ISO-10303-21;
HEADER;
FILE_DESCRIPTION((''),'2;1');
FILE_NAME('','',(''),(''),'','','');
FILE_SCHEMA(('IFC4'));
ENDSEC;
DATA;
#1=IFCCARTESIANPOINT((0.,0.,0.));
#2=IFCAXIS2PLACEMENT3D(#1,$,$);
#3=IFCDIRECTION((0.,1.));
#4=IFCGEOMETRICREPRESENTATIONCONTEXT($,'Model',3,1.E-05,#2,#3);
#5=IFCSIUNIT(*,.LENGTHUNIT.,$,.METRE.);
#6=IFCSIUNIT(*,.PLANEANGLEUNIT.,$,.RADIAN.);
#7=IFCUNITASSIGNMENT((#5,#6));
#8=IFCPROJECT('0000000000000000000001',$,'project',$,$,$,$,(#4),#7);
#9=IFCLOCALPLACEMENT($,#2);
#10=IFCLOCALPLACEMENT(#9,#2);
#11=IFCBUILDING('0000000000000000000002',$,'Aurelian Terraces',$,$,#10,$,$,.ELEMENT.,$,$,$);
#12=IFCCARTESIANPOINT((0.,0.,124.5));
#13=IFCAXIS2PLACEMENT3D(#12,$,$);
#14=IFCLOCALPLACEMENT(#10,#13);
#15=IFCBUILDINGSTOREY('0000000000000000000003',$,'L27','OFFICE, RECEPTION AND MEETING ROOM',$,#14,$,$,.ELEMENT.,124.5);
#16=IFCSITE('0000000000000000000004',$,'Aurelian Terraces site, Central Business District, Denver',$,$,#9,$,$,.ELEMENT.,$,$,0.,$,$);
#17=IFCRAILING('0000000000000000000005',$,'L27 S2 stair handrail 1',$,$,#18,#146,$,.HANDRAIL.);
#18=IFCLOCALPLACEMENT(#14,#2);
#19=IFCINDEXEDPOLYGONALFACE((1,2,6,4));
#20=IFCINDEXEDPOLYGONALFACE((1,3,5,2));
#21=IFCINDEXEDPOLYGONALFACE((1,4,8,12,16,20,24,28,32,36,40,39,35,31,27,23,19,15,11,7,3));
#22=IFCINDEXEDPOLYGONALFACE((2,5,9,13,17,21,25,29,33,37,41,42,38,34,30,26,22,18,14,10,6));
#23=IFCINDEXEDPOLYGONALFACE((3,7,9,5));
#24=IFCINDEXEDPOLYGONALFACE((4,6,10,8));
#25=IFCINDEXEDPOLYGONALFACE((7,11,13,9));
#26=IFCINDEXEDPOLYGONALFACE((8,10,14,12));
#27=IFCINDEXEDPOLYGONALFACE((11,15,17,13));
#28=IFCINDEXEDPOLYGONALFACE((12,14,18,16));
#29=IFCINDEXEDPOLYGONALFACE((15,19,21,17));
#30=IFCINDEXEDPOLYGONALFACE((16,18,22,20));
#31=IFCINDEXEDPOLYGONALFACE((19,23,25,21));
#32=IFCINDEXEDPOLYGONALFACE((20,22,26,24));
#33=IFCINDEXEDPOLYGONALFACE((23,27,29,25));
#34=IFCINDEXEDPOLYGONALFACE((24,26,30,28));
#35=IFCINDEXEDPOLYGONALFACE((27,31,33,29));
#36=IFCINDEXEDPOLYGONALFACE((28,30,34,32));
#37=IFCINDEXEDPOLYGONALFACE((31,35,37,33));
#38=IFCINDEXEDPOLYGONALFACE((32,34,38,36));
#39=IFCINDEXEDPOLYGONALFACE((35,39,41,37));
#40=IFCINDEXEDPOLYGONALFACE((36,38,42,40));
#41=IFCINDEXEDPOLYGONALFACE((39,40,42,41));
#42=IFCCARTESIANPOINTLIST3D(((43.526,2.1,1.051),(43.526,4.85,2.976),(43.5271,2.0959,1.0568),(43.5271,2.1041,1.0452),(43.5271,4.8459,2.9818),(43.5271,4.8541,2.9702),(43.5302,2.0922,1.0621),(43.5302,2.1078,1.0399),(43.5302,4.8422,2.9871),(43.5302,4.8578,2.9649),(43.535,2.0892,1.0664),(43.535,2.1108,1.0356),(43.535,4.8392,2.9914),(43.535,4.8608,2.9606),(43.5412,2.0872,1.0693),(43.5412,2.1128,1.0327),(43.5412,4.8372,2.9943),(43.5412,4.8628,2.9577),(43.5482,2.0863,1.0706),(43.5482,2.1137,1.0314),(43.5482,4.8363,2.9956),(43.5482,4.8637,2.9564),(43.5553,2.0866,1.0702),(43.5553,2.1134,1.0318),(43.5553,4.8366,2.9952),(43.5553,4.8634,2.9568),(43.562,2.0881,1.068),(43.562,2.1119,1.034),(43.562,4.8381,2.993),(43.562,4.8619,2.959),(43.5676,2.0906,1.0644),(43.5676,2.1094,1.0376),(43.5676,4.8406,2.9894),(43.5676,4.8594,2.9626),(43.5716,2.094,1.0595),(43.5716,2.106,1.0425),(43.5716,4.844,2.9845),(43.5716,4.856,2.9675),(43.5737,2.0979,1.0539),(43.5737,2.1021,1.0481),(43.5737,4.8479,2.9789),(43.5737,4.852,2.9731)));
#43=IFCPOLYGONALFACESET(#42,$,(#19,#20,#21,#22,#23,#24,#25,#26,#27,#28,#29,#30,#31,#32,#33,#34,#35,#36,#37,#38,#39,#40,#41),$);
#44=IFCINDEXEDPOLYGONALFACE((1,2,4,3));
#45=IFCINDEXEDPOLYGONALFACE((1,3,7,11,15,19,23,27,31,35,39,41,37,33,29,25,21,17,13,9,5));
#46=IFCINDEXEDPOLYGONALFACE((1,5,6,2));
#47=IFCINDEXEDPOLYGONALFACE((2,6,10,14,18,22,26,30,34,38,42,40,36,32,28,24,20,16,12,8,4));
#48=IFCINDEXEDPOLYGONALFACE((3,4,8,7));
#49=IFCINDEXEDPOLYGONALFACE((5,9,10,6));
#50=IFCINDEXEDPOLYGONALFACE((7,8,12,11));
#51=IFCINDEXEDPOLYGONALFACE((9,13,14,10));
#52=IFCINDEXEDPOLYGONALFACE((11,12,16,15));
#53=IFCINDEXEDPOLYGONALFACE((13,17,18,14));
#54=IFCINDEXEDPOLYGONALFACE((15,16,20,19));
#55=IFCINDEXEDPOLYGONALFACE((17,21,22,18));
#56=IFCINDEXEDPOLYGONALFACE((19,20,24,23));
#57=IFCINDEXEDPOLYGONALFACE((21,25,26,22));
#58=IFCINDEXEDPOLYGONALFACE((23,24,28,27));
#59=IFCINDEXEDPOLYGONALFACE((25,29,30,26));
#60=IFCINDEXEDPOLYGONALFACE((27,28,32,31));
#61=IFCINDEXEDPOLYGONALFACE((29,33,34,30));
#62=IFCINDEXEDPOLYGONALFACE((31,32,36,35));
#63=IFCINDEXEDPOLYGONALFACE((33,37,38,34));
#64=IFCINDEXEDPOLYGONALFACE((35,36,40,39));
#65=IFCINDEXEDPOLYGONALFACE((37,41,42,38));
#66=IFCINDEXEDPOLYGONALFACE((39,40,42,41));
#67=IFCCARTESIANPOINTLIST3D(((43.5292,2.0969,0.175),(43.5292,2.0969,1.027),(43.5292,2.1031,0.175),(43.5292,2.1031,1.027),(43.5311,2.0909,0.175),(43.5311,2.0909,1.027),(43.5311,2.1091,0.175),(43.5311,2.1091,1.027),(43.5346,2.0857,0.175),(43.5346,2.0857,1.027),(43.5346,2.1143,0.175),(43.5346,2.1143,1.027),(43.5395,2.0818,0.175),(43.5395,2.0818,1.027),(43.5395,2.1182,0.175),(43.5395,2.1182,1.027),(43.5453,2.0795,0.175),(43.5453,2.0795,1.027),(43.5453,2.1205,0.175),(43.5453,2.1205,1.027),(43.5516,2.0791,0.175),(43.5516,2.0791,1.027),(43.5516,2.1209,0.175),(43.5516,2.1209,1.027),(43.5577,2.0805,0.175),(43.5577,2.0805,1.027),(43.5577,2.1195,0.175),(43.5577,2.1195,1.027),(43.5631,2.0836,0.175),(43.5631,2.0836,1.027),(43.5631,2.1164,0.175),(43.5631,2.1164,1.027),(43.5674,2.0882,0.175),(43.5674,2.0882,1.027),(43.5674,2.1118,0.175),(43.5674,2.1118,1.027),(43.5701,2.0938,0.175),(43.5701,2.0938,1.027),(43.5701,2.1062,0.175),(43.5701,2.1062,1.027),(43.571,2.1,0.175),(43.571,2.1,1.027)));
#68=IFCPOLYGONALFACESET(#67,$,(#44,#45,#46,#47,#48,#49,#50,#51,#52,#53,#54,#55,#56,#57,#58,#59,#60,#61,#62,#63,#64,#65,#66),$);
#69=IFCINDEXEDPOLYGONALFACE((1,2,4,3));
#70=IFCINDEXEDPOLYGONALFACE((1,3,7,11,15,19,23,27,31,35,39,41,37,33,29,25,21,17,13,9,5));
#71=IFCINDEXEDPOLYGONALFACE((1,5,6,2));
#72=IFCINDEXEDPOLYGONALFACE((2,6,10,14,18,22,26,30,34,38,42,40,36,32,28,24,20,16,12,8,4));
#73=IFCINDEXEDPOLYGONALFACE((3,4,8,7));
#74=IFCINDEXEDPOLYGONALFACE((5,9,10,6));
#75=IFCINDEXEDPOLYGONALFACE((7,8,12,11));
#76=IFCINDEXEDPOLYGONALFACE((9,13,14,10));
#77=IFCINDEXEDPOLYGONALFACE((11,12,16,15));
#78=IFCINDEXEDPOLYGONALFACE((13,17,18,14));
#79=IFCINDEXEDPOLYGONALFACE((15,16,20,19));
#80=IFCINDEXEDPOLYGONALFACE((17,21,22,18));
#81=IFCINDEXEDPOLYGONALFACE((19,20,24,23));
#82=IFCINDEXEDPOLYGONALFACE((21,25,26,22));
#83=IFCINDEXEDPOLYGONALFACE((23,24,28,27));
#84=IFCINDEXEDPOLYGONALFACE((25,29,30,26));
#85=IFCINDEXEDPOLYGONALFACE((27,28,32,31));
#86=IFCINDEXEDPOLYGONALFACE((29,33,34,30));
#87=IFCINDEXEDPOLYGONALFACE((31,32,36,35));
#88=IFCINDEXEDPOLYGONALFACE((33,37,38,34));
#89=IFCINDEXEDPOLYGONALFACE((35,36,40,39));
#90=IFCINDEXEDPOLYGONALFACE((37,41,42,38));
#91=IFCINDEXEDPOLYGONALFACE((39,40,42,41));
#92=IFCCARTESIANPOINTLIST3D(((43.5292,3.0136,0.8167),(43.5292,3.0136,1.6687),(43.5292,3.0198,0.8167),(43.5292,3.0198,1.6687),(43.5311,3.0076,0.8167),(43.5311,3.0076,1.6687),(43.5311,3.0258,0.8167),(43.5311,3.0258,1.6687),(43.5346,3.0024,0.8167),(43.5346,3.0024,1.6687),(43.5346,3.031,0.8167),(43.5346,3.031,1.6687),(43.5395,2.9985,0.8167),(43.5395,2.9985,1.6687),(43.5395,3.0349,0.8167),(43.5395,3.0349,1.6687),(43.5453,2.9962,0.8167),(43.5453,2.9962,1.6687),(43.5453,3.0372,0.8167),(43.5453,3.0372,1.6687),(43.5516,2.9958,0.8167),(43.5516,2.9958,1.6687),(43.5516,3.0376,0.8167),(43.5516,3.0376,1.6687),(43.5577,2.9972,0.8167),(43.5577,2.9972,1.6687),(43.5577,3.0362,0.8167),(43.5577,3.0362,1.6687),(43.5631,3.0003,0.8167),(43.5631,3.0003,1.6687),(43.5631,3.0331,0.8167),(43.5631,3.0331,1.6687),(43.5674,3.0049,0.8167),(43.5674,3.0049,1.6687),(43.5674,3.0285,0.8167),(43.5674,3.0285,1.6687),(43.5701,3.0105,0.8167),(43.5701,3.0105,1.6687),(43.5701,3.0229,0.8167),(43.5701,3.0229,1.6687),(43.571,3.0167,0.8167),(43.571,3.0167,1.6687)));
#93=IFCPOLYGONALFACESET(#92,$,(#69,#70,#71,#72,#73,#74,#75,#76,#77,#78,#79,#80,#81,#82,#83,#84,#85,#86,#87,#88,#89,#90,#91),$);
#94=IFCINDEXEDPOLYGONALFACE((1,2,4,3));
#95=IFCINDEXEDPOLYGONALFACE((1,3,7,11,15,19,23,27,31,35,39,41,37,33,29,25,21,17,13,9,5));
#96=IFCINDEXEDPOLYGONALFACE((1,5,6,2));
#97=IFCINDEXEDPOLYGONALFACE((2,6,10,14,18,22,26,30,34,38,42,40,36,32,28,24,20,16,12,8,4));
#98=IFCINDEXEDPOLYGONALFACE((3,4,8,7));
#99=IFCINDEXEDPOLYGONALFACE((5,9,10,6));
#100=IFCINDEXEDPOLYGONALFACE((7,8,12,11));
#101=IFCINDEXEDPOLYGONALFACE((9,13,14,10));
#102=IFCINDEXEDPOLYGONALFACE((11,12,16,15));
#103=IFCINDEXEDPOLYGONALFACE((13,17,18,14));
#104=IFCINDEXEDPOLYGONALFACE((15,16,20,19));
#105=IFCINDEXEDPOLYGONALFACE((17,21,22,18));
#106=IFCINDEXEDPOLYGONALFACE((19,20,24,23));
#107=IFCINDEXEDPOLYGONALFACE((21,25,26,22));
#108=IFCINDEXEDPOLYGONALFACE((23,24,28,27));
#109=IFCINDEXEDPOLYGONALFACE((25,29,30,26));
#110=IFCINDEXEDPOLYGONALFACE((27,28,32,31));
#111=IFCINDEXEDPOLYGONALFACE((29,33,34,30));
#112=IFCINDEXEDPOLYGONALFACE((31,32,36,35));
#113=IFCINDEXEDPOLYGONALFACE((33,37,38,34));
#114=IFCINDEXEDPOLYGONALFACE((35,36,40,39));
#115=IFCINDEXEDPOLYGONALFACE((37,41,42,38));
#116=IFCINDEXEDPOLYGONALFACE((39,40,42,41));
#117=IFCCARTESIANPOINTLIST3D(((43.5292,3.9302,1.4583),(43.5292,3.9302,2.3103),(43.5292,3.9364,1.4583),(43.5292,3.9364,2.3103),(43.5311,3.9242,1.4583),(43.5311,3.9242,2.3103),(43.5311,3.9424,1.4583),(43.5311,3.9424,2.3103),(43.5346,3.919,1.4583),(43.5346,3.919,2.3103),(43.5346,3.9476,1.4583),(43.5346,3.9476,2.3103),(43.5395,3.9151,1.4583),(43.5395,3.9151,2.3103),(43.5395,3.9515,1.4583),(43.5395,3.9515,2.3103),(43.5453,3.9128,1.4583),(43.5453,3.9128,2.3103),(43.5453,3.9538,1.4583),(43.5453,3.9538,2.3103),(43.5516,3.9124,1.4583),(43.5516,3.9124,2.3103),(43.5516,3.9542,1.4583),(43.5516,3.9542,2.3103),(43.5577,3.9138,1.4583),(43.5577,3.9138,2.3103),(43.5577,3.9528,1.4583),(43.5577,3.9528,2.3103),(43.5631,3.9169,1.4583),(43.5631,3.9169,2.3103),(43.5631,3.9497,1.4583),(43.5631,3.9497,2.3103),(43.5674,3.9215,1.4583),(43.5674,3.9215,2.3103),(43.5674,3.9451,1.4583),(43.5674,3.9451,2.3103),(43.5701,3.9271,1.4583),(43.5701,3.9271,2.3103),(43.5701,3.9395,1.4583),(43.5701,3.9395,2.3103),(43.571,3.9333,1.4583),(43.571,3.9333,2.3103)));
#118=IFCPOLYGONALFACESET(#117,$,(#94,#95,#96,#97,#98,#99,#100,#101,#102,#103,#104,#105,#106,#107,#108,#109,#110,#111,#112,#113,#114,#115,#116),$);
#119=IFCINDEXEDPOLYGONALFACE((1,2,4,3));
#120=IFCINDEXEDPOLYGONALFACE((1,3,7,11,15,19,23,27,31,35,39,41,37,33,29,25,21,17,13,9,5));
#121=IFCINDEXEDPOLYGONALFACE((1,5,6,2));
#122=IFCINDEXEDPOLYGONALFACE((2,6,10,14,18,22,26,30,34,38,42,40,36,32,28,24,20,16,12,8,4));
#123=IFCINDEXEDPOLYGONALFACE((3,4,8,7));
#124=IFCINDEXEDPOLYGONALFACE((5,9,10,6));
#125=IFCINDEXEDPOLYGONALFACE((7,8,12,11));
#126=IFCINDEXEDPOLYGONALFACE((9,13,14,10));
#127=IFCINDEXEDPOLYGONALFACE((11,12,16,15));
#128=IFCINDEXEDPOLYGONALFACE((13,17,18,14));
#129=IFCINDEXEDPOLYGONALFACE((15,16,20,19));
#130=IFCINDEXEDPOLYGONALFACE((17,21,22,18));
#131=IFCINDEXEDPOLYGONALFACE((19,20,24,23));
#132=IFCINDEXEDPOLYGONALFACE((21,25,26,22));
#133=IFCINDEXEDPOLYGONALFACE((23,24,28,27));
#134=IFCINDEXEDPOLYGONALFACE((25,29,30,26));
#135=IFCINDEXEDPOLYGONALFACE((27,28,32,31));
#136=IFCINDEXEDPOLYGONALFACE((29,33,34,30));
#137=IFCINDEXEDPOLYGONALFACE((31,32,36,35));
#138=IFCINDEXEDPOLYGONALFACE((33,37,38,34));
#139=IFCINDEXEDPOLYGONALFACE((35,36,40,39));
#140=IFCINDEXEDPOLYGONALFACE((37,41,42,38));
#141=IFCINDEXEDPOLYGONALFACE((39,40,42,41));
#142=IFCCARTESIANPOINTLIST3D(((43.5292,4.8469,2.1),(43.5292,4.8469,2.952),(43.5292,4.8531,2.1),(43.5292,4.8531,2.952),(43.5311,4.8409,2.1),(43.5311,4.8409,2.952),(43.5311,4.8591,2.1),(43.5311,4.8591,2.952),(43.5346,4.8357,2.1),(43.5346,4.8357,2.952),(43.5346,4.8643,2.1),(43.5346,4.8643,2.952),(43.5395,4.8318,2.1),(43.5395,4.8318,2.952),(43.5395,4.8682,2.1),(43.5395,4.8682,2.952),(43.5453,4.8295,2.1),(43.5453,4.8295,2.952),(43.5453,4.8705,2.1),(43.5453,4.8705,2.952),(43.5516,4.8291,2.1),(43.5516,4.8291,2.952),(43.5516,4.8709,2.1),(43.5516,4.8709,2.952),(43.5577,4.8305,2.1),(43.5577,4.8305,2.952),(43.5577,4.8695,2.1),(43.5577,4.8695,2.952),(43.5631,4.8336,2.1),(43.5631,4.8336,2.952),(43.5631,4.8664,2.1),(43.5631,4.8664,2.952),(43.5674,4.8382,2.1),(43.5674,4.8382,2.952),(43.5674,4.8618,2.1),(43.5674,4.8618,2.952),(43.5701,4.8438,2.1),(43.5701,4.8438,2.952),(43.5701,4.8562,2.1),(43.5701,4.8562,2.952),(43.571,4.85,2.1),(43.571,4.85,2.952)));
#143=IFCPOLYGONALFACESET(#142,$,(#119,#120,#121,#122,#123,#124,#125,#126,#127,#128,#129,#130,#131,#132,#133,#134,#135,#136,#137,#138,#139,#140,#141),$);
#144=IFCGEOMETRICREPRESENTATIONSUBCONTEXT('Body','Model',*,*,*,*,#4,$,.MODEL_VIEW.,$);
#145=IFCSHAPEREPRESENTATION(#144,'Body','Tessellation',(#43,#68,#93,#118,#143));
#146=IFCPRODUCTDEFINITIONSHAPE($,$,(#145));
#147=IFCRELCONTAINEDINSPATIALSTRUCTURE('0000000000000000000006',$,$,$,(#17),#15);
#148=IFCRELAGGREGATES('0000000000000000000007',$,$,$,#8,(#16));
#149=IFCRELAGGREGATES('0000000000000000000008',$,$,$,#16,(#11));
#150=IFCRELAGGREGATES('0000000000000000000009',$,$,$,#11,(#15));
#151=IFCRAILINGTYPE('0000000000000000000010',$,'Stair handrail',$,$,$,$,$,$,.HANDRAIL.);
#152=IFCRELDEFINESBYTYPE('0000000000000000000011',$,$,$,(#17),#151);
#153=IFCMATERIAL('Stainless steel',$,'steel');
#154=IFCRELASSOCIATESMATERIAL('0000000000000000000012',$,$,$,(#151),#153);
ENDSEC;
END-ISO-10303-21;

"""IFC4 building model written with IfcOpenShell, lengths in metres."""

from ifc_helpers import new_model, si_unit, direction, frame, origin, origin_2d, place, context, subcontext, project, spatial, circle, extrude, source, transform, mapped, material, type_object, element, save


model = new_model("IFC4")

# Units and contexts
model_context = context("Model", 3, precision=1e-05, world=origin(), true_north=direction((0.0, 1.0)))
body_context = subcontext(model_context, "Body", "Model", "MODEL_VIEW")
ifc_project = project(units=[si_unit("LENGTHUNIT", "METRE"), si_unit("PLANEANGLEUNIT", "RADIAN")], contexts=[model_context])

# Site, building, storey
site_placement = place(None, origin())
site = spatial("IfcSite", under=ifc_project, at=site_placement, Name="Aurelian Terraces site, Central Business District, Denver", CompositionType="ELEMENT", RefElevation=0.0)
building_placement = place(site_placement, origin())
building = spatial("IfcBuilding", under=site, at=building_placement, Name="Aurelian Terraces", CompositionType="ELEMENT")
storey_placement = place(building_placement, frame((0.0, 0.0, 124.5)))
storey = spatial("IfcBuildingStorey", under=building, at=storey_placement, Name="L27", Description="OFFICE, RECEPTION AND MEETING ROOM", CompositionType="ELEMENT", Elevation=124.5)

# Railing
ifc_material_1 = material(Name="Stainless steel", Category="steel")
railing_type_1 = type_object("IfcRailingType", Name="Stair handrail", PredefinedType="HANDRAIL", material=ifc_material_1)
shared_shape_1 = source(origin(), body_context, "Body", "SweptSolid", [
    extrude(circle(Radius=0.024, at=origin_2d()), frame((0.0, 0.0, 0.876), z_axis=(0.0, 0.819232, 0.573462), x_axis=(-1.0, 0.0, 0.0)), (0.0, 0.0, 1.0), 3.3568),
    extrude(circle(Radius=0.021, at=origin_2d()), origin(), (0.0, 0.0, 1.0), 0.852),
    extrude(circle(Radius=0.021, at=origin_2d()), frame((0.0, 0.9167, 0.6417)), (0.0, 0.0, 1.0), 0.852),
    extrude(circle(Radius=0.021, at=origin_2d()), frame((0.0, 1.8333, 1.2833)), (0.0, 0.0, 1.0), 0.852),
    extrude(circle(Radius=0.021, at=origin_2d()), frame((0.0, 2.75, 1.925)), (0.0, 0.0, 1.0), 0.852),
])
railing_1_placement = place(storey_placement, frame((43.55, 2.1, 0.175)))
element("IfcRailing", 1, at=railing_1_placement, inside=storey, type_object=railing_type_1, Name="L27 S2 stair handrail 1", PredefinedType="HANDRAIL", context=body_context, shape_type="MappedRepresentation", body=[
    mapped(shared_shape_1, transform((0.0, 0.0, 0.0), scale=1.0)),
])

save(model, "model.ifc")
